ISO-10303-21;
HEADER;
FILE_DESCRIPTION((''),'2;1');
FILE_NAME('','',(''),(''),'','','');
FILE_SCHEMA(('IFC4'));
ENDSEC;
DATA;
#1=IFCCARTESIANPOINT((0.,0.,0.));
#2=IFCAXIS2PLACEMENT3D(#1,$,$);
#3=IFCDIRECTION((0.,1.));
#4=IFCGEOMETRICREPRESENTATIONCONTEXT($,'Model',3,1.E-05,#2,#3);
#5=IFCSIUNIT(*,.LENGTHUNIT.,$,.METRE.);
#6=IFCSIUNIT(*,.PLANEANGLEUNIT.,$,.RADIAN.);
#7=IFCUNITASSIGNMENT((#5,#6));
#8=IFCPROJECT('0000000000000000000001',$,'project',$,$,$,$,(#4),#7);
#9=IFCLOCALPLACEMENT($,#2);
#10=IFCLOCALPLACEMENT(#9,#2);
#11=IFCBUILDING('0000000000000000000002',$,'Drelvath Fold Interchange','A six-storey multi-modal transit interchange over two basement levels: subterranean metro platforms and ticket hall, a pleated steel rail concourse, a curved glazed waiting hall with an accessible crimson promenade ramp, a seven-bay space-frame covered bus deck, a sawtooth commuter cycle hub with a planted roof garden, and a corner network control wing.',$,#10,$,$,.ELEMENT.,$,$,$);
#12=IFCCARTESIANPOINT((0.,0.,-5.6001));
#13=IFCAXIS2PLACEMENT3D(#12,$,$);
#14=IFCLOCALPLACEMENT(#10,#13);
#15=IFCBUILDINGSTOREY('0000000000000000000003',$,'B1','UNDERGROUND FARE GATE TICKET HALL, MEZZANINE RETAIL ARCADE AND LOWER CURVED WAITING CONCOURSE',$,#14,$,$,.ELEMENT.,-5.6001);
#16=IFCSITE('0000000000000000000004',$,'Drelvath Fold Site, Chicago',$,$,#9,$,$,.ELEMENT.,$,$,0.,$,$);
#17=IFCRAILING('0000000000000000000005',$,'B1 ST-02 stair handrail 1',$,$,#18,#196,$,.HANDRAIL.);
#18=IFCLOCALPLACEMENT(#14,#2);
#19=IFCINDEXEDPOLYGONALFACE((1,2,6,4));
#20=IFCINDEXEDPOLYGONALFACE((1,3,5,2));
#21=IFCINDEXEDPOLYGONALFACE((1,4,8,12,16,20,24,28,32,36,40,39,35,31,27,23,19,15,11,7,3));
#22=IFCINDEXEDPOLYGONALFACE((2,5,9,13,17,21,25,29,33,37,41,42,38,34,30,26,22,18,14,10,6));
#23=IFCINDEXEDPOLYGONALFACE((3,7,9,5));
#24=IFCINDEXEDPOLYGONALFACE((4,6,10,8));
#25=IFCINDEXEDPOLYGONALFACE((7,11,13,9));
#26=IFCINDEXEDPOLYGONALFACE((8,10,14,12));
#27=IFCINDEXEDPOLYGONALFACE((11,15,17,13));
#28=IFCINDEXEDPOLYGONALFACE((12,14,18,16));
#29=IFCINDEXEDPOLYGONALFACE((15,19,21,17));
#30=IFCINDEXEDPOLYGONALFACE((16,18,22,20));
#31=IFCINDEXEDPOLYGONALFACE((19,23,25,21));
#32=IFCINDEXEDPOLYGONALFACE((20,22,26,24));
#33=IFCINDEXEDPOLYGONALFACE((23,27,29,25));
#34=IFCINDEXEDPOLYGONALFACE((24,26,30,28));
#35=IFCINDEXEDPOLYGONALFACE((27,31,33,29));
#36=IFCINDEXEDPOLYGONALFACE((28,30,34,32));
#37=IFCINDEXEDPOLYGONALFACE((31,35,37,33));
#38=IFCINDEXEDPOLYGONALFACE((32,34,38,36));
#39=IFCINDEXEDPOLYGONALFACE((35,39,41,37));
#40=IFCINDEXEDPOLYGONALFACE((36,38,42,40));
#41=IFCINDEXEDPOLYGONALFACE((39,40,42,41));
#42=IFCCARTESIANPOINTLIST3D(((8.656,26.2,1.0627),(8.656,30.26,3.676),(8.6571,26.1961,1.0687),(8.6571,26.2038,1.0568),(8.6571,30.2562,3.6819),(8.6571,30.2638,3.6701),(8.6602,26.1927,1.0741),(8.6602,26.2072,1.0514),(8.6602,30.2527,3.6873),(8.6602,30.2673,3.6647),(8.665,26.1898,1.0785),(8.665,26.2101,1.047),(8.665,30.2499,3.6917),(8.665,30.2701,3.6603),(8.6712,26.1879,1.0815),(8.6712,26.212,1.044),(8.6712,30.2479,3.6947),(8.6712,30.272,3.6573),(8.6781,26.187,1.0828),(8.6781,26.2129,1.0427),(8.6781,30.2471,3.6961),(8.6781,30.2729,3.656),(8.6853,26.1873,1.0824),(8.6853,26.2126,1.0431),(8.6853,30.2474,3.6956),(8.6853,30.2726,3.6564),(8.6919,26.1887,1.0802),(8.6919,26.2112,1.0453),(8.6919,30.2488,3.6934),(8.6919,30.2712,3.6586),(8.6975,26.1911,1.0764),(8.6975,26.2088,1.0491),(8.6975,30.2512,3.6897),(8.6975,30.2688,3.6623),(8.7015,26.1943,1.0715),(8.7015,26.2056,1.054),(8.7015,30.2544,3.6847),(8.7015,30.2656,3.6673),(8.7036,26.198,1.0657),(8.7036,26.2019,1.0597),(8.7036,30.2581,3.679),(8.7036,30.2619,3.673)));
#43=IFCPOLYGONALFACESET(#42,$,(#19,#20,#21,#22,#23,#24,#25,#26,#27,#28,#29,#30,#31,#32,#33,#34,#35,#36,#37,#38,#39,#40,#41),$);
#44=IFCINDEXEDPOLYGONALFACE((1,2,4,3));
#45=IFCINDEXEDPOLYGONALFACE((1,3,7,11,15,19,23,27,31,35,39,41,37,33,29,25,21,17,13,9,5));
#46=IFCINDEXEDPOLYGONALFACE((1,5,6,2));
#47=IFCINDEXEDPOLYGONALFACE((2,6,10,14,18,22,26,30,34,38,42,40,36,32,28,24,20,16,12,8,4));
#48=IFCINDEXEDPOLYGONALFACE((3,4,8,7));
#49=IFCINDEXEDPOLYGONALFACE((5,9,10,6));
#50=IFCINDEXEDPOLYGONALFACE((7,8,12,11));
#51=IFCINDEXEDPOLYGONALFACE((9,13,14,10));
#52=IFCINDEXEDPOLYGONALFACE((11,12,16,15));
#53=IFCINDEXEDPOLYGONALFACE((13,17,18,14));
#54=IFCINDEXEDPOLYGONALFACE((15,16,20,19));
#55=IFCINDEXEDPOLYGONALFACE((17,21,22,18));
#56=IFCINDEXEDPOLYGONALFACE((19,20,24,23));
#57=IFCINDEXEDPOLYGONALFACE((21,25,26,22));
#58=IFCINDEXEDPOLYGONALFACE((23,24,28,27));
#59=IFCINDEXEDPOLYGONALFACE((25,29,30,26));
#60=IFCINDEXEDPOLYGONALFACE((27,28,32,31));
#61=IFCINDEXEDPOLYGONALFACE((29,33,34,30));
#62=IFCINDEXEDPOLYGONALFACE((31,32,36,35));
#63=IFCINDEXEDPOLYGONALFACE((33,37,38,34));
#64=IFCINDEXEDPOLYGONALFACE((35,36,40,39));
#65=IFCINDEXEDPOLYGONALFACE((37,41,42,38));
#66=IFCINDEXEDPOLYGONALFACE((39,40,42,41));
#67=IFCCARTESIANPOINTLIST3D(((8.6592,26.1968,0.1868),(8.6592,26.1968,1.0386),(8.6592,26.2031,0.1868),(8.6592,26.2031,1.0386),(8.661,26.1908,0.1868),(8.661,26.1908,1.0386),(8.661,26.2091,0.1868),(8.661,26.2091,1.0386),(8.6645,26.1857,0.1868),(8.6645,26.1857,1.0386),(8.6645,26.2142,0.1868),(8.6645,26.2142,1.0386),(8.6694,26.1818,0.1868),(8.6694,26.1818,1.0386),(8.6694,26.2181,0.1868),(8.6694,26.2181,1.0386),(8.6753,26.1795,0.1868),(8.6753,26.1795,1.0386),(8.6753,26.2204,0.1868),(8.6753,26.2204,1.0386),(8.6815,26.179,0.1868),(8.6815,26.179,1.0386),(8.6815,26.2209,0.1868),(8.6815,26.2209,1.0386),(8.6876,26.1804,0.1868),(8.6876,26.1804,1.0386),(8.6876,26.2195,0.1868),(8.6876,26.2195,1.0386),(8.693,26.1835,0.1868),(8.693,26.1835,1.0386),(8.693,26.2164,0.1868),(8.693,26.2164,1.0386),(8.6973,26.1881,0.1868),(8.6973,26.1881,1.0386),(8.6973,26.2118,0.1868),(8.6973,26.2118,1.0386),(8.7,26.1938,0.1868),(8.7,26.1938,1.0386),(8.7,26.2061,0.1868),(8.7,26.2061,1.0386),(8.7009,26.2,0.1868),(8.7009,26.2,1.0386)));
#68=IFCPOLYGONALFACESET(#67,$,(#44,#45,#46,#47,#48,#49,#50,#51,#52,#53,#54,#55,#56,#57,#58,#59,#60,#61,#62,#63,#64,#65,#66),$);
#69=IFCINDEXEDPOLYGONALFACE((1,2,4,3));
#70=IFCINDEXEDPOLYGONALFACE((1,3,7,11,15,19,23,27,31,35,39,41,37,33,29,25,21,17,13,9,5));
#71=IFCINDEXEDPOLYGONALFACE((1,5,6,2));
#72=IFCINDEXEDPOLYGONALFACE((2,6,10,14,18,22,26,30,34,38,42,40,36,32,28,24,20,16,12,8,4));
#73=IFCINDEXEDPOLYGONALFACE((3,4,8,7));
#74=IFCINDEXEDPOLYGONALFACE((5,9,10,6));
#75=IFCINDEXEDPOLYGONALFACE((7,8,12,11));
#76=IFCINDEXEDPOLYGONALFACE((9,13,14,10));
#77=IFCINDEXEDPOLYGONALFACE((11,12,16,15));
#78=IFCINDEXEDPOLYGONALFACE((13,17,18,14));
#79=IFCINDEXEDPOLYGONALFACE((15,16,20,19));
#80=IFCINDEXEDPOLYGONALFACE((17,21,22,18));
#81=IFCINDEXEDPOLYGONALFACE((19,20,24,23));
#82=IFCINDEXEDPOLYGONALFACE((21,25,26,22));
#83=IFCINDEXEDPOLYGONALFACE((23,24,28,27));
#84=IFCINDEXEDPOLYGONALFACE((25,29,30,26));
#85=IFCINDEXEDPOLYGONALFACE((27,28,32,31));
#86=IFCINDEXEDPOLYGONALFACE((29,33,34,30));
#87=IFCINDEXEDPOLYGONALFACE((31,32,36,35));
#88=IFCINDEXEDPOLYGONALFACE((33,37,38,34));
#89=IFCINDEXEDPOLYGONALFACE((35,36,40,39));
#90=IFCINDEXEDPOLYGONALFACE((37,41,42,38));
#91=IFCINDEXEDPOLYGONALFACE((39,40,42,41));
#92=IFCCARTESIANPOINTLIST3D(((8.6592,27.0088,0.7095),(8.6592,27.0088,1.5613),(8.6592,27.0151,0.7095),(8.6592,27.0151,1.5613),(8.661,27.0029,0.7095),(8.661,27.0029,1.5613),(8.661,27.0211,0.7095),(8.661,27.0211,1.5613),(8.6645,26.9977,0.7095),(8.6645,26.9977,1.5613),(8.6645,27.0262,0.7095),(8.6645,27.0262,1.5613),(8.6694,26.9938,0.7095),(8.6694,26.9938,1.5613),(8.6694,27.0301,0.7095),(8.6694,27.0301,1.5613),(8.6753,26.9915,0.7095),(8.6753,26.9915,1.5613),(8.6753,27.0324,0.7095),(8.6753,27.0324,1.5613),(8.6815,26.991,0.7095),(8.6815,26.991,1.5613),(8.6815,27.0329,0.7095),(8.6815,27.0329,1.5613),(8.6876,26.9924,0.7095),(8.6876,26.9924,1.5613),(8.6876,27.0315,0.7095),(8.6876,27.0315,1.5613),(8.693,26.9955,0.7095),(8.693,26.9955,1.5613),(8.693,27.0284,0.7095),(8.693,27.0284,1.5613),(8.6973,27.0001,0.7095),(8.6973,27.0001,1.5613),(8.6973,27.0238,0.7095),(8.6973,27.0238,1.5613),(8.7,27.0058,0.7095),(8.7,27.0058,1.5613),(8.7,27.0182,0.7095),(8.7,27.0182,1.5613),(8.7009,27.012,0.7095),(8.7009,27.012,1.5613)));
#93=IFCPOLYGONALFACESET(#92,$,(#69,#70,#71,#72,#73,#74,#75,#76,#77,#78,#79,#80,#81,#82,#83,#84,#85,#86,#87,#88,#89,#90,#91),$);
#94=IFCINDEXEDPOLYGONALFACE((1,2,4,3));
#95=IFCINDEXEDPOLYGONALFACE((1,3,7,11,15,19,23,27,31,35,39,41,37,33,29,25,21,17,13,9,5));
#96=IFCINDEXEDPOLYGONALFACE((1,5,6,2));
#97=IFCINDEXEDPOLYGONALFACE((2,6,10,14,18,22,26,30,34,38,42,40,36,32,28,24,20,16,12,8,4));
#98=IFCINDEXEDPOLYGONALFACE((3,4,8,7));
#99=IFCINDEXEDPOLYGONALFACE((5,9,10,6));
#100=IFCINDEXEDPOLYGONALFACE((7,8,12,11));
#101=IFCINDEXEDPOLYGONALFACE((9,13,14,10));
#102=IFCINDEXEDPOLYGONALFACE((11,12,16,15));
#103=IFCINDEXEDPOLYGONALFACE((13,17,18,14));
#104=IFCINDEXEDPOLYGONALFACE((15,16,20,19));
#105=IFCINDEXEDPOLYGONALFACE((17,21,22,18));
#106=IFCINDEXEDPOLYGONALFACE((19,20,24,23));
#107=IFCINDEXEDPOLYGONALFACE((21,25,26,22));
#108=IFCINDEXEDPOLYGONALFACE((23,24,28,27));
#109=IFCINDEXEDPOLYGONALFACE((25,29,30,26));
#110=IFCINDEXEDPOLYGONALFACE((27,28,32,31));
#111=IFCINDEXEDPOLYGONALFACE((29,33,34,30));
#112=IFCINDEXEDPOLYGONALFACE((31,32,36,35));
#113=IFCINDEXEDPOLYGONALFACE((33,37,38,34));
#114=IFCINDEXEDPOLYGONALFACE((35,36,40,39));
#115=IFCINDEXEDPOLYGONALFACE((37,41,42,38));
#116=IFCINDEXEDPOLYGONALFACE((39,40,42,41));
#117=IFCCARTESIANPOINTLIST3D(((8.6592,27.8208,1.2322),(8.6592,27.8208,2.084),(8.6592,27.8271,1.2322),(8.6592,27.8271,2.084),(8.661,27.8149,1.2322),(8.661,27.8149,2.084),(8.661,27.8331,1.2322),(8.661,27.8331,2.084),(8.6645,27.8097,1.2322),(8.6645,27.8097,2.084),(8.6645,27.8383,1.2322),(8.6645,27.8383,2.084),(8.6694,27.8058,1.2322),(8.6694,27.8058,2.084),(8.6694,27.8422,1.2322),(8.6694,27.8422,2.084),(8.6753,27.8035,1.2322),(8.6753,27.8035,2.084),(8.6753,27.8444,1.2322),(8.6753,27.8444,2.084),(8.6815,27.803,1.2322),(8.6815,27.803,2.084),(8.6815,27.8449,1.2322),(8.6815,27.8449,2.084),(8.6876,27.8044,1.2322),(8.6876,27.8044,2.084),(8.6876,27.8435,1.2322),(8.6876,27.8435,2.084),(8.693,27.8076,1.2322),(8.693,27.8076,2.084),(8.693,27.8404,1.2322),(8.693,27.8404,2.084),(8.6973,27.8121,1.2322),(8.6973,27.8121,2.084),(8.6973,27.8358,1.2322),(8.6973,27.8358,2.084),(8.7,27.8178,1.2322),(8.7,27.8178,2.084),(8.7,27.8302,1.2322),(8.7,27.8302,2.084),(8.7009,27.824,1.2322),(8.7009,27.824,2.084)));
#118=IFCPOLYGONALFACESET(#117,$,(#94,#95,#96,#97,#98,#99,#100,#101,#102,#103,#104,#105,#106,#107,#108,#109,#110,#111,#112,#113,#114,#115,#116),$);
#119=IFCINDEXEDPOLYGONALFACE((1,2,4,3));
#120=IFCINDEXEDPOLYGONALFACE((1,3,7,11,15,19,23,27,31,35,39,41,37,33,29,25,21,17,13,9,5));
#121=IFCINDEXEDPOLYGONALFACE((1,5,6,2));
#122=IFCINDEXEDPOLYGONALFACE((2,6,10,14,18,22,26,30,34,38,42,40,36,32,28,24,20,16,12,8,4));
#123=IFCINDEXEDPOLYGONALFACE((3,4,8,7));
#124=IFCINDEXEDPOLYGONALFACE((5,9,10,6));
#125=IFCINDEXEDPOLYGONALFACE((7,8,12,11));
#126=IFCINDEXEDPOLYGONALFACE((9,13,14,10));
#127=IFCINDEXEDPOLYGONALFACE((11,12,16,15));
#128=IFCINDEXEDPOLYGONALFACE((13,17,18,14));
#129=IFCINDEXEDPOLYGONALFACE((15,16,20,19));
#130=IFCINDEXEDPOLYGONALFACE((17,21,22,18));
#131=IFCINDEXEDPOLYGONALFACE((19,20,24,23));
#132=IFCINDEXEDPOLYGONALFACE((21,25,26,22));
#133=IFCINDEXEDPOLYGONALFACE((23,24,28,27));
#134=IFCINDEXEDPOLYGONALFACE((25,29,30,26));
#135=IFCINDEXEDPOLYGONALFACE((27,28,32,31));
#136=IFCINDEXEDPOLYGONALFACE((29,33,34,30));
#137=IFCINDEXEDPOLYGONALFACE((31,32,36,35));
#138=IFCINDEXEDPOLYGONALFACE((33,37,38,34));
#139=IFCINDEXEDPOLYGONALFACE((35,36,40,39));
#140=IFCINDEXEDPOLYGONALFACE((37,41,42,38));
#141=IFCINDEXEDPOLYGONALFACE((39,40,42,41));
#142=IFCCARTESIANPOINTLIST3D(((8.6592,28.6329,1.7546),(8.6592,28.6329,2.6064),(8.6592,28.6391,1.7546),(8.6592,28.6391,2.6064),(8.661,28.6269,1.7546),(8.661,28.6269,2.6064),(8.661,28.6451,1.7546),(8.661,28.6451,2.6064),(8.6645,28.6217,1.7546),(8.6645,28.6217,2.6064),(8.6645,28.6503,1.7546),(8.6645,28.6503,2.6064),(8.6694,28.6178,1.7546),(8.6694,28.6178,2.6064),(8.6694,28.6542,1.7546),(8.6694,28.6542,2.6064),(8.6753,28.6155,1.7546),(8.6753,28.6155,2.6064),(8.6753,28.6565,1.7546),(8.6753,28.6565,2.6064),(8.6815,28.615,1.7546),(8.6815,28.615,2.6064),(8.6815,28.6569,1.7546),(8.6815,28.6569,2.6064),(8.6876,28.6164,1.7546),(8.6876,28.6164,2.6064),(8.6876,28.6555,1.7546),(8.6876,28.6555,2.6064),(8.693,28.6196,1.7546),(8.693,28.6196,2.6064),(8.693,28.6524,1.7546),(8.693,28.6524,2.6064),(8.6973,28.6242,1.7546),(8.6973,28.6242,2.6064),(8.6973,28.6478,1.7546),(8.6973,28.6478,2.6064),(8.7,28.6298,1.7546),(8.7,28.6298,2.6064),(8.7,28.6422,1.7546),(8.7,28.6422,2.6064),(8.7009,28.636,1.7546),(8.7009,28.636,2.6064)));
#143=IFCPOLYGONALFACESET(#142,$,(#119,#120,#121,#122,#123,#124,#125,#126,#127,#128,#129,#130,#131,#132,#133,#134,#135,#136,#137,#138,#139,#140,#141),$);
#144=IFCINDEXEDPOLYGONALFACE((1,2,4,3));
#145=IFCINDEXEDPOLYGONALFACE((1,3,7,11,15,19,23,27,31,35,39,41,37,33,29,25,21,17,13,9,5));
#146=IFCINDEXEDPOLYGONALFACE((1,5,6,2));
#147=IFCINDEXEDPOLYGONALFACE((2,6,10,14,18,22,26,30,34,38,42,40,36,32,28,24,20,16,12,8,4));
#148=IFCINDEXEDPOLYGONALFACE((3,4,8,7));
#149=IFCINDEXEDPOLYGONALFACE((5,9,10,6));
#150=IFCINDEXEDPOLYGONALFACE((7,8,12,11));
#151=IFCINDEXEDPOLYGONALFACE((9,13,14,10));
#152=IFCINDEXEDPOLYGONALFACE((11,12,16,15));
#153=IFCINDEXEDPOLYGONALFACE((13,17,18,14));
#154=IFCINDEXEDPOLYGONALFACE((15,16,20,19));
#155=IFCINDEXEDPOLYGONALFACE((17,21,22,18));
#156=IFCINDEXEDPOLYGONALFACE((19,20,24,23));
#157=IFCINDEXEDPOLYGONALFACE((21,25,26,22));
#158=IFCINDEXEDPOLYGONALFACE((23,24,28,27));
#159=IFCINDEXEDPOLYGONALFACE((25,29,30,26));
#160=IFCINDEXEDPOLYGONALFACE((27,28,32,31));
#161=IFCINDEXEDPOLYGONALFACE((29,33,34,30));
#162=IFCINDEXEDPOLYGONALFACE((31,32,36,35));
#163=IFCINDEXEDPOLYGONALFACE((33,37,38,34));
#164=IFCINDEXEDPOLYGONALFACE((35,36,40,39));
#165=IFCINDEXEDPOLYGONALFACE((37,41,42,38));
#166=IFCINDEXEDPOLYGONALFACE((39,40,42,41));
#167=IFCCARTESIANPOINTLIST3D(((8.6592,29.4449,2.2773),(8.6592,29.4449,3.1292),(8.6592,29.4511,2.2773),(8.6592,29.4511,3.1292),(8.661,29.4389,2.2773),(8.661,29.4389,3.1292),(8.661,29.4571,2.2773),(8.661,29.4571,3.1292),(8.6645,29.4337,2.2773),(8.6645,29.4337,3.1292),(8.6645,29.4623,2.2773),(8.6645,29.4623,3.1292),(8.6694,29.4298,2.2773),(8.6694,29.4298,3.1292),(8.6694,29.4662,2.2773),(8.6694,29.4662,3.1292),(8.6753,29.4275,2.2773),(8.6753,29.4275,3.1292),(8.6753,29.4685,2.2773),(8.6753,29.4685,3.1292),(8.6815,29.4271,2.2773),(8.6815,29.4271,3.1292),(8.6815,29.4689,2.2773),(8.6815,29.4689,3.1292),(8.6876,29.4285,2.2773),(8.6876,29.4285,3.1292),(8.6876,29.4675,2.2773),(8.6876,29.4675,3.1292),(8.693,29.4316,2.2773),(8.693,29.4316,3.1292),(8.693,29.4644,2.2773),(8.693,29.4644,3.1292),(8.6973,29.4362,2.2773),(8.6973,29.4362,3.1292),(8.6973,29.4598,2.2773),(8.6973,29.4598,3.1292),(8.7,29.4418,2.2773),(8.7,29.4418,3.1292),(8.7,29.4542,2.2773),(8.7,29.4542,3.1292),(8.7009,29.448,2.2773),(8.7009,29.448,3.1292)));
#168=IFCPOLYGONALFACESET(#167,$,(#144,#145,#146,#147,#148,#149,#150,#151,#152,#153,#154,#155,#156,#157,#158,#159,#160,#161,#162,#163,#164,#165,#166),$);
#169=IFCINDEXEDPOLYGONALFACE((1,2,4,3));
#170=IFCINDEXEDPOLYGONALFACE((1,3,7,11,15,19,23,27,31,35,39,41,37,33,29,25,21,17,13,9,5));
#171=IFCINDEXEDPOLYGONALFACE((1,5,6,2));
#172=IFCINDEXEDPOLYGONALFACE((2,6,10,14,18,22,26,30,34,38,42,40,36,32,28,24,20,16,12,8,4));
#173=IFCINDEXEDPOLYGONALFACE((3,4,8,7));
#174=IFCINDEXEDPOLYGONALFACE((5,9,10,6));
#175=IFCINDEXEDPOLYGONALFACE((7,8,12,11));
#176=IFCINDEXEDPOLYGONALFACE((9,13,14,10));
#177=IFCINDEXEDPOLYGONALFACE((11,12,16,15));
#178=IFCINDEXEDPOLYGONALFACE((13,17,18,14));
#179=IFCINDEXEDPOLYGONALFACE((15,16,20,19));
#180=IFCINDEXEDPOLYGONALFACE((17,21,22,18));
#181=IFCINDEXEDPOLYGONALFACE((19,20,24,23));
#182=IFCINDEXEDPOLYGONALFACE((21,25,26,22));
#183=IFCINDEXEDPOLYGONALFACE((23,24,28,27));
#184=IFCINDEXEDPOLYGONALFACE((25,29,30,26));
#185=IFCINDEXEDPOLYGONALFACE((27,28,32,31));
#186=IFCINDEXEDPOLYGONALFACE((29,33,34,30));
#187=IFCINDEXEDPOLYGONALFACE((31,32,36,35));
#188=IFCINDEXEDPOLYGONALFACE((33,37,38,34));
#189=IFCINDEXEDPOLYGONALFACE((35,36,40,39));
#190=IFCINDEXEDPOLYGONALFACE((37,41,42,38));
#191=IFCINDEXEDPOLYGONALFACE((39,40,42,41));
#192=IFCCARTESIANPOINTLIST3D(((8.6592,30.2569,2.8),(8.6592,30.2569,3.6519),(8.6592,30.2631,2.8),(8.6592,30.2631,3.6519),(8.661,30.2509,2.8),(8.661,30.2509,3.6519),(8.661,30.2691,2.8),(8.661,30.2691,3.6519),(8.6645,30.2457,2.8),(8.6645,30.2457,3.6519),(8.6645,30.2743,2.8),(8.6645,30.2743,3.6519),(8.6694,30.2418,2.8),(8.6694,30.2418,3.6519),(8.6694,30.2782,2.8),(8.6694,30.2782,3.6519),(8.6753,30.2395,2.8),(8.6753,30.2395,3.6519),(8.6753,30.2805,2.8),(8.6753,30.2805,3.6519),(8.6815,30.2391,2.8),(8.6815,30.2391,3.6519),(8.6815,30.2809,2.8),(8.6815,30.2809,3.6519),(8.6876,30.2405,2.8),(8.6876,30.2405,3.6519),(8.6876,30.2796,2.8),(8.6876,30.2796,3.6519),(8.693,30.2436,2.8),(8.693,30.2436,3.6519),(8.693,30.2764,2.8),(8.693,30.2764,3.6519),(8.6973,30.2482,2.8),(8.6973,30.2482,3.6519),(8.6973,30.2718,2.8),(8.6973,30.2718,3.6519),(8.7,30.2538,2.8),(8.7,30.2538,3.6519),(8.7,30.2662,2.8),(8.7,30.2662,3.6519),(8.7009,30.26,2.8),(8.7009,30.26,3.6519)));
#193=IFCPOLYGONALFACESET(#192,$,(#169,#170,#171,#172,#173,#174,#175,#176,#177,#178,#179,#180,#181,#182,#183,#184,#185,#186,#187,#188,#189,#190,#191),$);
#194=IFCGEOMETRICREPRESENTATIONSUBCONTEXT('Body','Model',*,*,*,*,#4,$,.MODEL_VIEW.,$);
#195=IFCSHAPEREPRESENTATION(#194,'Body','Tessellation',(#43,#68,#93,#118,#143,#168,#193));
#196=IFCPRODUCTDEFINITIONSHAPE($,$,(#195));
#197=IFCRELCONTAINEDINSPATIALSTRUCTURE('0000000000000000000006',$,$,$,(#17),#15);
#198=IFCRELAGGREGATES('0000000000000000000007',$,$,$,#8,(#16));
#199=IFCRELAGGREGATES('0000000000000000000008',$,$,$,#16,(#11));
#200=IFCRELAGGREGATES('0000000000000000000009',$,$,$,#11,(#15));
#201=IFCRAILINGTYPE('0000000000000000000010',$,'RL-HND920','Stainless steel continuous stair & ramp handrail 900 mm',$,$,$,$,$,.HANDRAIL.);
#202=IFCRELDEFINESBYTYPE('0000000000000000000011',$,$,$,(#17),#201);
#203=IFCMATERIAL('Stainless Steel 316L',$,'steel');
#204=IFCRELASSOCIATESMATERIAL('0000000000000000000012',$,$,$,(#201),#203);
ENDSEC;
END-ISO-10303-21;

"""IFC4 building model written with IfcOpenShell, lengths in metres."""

from ifc_helpers import new_model, si_unit, direction, frame, origin, origin_2d, place, context, subcontext, project, spatial, circle, extrude, material, type_object, element, save


model = new_model("IFC4")

# Units and contexts
model_context = context("Model", 3, precision=1e-05, world=origin(), true_north=direction((0.0, 1.0)))
body_context = subcontext(model_context, "Body", "Model", "MODEL_VIEW")
ifc_project = project(units=[si_unit("LENGTHUNIT", "METRE"), si_unit("PLANEANGLEUNIT", "RADIAN")], contexts=[model_context])

# Site, building, storey
site_placement = place(None, origin())
site = spatial("IfcSite", under=ifc_project, at=site_placement, Name="Drelvath Fold Site, Chicago", CompositionType="ELEMENT", RefElevation=0.0)
building_placement = place(site_placement, origin())
building = spatial("IfcBuilding", under=site, at=building_placement, Name="Drelvath Fold Interchange", Description="A six-storey multi-modal transit interchange over two basement levels: subterranean metro platforms and ticket hall, a pleated steel rail concourse, a curved glazed waiting hall with an accessible crimson promenade ramp, a seven-bay space-frame covered bus deck, a sawtooth commuter cycle hub with a planted roof garden, and a corner network control wing.", CompositionType="ELEMENT")
storey_placement = place(building_placement, frame((0.0, 0.0, -5.6001)))
storey = spatial("IfcBuildingStorey", under=building, at=storey_placement, Name="B1", Description="UNDERGROUND FARE GATE TICKET HALL, MEZZANINE RETAIL ARCADE AND LOWER CURVED WAITING CONCOURSE", CompositionType="ELEMENT", Elevation=-5.6001)

# Railing
ifc_material_1 = material(Name="Stainless Steel 316L", Category="steel")
railing_type_1 = type_object("IfcRailingType", Name="RL-HND920", Description="Stainless steel continuous stair & ramp handrail 900 mm", PredefinedType="HANDRAIL", material=ifc_material_1)
railing_1_placement = place(storey_placement, frame((8.6799, 26.2, 0.1868)))
element("IfcRailing", 1, at=railing_1_placement, inside=storey, type_object=railing_type_1, Name="B1 ST-02 stair handrail 1", PredefinedType="HANDRAIL", context=body_context, shape_type="SweptSolid", body=[
    extrude(circle(Radius=0.0239, at=origin_2d()), frame((0.0, 0.0, 0.876), z_axis=(0.0, 0.840873, 0.541233), x_axis=(-1.0, 0.0, 0.0)), (0.0, 0.0, 1.0), 4.8284),
    extrude(circle(Radius=0.021, at=origin_2d()), origin(), (0.0, 0.0, 1.0), 0.8518),
    extrude(circle(Radius=0.021, at=origin_2d()), frame((0.0, 0.812, 0.5227)), (0.0, 0.0, 1.0), 0.8518),
    extrude(circle(Radius=0.021, at=origin_2d()), frame((0.0, 1.624, 1.0454)), (0.0, 0.0, 1.0), 0.8518),
    extrude(circle(Radius=0.021, at=origin_2d()), frame((0.0, 2.436, 1.5679)), (0.0, 0.0, 1.0), 0.8518),
    extrude(circle(Radius=0.021, at=origin_2d()), frame((0.0, 3.248, 2.0906)), (0.0, 0.0, 1.0), 0.8518),
    extrude(circle(Radius=0.021, at=origin_2d()), frame((0.0, 4.0601, 2.6133)), (0.0, 0.0, 1.0), 0.8518),
])

save(model, "model.ifc")
